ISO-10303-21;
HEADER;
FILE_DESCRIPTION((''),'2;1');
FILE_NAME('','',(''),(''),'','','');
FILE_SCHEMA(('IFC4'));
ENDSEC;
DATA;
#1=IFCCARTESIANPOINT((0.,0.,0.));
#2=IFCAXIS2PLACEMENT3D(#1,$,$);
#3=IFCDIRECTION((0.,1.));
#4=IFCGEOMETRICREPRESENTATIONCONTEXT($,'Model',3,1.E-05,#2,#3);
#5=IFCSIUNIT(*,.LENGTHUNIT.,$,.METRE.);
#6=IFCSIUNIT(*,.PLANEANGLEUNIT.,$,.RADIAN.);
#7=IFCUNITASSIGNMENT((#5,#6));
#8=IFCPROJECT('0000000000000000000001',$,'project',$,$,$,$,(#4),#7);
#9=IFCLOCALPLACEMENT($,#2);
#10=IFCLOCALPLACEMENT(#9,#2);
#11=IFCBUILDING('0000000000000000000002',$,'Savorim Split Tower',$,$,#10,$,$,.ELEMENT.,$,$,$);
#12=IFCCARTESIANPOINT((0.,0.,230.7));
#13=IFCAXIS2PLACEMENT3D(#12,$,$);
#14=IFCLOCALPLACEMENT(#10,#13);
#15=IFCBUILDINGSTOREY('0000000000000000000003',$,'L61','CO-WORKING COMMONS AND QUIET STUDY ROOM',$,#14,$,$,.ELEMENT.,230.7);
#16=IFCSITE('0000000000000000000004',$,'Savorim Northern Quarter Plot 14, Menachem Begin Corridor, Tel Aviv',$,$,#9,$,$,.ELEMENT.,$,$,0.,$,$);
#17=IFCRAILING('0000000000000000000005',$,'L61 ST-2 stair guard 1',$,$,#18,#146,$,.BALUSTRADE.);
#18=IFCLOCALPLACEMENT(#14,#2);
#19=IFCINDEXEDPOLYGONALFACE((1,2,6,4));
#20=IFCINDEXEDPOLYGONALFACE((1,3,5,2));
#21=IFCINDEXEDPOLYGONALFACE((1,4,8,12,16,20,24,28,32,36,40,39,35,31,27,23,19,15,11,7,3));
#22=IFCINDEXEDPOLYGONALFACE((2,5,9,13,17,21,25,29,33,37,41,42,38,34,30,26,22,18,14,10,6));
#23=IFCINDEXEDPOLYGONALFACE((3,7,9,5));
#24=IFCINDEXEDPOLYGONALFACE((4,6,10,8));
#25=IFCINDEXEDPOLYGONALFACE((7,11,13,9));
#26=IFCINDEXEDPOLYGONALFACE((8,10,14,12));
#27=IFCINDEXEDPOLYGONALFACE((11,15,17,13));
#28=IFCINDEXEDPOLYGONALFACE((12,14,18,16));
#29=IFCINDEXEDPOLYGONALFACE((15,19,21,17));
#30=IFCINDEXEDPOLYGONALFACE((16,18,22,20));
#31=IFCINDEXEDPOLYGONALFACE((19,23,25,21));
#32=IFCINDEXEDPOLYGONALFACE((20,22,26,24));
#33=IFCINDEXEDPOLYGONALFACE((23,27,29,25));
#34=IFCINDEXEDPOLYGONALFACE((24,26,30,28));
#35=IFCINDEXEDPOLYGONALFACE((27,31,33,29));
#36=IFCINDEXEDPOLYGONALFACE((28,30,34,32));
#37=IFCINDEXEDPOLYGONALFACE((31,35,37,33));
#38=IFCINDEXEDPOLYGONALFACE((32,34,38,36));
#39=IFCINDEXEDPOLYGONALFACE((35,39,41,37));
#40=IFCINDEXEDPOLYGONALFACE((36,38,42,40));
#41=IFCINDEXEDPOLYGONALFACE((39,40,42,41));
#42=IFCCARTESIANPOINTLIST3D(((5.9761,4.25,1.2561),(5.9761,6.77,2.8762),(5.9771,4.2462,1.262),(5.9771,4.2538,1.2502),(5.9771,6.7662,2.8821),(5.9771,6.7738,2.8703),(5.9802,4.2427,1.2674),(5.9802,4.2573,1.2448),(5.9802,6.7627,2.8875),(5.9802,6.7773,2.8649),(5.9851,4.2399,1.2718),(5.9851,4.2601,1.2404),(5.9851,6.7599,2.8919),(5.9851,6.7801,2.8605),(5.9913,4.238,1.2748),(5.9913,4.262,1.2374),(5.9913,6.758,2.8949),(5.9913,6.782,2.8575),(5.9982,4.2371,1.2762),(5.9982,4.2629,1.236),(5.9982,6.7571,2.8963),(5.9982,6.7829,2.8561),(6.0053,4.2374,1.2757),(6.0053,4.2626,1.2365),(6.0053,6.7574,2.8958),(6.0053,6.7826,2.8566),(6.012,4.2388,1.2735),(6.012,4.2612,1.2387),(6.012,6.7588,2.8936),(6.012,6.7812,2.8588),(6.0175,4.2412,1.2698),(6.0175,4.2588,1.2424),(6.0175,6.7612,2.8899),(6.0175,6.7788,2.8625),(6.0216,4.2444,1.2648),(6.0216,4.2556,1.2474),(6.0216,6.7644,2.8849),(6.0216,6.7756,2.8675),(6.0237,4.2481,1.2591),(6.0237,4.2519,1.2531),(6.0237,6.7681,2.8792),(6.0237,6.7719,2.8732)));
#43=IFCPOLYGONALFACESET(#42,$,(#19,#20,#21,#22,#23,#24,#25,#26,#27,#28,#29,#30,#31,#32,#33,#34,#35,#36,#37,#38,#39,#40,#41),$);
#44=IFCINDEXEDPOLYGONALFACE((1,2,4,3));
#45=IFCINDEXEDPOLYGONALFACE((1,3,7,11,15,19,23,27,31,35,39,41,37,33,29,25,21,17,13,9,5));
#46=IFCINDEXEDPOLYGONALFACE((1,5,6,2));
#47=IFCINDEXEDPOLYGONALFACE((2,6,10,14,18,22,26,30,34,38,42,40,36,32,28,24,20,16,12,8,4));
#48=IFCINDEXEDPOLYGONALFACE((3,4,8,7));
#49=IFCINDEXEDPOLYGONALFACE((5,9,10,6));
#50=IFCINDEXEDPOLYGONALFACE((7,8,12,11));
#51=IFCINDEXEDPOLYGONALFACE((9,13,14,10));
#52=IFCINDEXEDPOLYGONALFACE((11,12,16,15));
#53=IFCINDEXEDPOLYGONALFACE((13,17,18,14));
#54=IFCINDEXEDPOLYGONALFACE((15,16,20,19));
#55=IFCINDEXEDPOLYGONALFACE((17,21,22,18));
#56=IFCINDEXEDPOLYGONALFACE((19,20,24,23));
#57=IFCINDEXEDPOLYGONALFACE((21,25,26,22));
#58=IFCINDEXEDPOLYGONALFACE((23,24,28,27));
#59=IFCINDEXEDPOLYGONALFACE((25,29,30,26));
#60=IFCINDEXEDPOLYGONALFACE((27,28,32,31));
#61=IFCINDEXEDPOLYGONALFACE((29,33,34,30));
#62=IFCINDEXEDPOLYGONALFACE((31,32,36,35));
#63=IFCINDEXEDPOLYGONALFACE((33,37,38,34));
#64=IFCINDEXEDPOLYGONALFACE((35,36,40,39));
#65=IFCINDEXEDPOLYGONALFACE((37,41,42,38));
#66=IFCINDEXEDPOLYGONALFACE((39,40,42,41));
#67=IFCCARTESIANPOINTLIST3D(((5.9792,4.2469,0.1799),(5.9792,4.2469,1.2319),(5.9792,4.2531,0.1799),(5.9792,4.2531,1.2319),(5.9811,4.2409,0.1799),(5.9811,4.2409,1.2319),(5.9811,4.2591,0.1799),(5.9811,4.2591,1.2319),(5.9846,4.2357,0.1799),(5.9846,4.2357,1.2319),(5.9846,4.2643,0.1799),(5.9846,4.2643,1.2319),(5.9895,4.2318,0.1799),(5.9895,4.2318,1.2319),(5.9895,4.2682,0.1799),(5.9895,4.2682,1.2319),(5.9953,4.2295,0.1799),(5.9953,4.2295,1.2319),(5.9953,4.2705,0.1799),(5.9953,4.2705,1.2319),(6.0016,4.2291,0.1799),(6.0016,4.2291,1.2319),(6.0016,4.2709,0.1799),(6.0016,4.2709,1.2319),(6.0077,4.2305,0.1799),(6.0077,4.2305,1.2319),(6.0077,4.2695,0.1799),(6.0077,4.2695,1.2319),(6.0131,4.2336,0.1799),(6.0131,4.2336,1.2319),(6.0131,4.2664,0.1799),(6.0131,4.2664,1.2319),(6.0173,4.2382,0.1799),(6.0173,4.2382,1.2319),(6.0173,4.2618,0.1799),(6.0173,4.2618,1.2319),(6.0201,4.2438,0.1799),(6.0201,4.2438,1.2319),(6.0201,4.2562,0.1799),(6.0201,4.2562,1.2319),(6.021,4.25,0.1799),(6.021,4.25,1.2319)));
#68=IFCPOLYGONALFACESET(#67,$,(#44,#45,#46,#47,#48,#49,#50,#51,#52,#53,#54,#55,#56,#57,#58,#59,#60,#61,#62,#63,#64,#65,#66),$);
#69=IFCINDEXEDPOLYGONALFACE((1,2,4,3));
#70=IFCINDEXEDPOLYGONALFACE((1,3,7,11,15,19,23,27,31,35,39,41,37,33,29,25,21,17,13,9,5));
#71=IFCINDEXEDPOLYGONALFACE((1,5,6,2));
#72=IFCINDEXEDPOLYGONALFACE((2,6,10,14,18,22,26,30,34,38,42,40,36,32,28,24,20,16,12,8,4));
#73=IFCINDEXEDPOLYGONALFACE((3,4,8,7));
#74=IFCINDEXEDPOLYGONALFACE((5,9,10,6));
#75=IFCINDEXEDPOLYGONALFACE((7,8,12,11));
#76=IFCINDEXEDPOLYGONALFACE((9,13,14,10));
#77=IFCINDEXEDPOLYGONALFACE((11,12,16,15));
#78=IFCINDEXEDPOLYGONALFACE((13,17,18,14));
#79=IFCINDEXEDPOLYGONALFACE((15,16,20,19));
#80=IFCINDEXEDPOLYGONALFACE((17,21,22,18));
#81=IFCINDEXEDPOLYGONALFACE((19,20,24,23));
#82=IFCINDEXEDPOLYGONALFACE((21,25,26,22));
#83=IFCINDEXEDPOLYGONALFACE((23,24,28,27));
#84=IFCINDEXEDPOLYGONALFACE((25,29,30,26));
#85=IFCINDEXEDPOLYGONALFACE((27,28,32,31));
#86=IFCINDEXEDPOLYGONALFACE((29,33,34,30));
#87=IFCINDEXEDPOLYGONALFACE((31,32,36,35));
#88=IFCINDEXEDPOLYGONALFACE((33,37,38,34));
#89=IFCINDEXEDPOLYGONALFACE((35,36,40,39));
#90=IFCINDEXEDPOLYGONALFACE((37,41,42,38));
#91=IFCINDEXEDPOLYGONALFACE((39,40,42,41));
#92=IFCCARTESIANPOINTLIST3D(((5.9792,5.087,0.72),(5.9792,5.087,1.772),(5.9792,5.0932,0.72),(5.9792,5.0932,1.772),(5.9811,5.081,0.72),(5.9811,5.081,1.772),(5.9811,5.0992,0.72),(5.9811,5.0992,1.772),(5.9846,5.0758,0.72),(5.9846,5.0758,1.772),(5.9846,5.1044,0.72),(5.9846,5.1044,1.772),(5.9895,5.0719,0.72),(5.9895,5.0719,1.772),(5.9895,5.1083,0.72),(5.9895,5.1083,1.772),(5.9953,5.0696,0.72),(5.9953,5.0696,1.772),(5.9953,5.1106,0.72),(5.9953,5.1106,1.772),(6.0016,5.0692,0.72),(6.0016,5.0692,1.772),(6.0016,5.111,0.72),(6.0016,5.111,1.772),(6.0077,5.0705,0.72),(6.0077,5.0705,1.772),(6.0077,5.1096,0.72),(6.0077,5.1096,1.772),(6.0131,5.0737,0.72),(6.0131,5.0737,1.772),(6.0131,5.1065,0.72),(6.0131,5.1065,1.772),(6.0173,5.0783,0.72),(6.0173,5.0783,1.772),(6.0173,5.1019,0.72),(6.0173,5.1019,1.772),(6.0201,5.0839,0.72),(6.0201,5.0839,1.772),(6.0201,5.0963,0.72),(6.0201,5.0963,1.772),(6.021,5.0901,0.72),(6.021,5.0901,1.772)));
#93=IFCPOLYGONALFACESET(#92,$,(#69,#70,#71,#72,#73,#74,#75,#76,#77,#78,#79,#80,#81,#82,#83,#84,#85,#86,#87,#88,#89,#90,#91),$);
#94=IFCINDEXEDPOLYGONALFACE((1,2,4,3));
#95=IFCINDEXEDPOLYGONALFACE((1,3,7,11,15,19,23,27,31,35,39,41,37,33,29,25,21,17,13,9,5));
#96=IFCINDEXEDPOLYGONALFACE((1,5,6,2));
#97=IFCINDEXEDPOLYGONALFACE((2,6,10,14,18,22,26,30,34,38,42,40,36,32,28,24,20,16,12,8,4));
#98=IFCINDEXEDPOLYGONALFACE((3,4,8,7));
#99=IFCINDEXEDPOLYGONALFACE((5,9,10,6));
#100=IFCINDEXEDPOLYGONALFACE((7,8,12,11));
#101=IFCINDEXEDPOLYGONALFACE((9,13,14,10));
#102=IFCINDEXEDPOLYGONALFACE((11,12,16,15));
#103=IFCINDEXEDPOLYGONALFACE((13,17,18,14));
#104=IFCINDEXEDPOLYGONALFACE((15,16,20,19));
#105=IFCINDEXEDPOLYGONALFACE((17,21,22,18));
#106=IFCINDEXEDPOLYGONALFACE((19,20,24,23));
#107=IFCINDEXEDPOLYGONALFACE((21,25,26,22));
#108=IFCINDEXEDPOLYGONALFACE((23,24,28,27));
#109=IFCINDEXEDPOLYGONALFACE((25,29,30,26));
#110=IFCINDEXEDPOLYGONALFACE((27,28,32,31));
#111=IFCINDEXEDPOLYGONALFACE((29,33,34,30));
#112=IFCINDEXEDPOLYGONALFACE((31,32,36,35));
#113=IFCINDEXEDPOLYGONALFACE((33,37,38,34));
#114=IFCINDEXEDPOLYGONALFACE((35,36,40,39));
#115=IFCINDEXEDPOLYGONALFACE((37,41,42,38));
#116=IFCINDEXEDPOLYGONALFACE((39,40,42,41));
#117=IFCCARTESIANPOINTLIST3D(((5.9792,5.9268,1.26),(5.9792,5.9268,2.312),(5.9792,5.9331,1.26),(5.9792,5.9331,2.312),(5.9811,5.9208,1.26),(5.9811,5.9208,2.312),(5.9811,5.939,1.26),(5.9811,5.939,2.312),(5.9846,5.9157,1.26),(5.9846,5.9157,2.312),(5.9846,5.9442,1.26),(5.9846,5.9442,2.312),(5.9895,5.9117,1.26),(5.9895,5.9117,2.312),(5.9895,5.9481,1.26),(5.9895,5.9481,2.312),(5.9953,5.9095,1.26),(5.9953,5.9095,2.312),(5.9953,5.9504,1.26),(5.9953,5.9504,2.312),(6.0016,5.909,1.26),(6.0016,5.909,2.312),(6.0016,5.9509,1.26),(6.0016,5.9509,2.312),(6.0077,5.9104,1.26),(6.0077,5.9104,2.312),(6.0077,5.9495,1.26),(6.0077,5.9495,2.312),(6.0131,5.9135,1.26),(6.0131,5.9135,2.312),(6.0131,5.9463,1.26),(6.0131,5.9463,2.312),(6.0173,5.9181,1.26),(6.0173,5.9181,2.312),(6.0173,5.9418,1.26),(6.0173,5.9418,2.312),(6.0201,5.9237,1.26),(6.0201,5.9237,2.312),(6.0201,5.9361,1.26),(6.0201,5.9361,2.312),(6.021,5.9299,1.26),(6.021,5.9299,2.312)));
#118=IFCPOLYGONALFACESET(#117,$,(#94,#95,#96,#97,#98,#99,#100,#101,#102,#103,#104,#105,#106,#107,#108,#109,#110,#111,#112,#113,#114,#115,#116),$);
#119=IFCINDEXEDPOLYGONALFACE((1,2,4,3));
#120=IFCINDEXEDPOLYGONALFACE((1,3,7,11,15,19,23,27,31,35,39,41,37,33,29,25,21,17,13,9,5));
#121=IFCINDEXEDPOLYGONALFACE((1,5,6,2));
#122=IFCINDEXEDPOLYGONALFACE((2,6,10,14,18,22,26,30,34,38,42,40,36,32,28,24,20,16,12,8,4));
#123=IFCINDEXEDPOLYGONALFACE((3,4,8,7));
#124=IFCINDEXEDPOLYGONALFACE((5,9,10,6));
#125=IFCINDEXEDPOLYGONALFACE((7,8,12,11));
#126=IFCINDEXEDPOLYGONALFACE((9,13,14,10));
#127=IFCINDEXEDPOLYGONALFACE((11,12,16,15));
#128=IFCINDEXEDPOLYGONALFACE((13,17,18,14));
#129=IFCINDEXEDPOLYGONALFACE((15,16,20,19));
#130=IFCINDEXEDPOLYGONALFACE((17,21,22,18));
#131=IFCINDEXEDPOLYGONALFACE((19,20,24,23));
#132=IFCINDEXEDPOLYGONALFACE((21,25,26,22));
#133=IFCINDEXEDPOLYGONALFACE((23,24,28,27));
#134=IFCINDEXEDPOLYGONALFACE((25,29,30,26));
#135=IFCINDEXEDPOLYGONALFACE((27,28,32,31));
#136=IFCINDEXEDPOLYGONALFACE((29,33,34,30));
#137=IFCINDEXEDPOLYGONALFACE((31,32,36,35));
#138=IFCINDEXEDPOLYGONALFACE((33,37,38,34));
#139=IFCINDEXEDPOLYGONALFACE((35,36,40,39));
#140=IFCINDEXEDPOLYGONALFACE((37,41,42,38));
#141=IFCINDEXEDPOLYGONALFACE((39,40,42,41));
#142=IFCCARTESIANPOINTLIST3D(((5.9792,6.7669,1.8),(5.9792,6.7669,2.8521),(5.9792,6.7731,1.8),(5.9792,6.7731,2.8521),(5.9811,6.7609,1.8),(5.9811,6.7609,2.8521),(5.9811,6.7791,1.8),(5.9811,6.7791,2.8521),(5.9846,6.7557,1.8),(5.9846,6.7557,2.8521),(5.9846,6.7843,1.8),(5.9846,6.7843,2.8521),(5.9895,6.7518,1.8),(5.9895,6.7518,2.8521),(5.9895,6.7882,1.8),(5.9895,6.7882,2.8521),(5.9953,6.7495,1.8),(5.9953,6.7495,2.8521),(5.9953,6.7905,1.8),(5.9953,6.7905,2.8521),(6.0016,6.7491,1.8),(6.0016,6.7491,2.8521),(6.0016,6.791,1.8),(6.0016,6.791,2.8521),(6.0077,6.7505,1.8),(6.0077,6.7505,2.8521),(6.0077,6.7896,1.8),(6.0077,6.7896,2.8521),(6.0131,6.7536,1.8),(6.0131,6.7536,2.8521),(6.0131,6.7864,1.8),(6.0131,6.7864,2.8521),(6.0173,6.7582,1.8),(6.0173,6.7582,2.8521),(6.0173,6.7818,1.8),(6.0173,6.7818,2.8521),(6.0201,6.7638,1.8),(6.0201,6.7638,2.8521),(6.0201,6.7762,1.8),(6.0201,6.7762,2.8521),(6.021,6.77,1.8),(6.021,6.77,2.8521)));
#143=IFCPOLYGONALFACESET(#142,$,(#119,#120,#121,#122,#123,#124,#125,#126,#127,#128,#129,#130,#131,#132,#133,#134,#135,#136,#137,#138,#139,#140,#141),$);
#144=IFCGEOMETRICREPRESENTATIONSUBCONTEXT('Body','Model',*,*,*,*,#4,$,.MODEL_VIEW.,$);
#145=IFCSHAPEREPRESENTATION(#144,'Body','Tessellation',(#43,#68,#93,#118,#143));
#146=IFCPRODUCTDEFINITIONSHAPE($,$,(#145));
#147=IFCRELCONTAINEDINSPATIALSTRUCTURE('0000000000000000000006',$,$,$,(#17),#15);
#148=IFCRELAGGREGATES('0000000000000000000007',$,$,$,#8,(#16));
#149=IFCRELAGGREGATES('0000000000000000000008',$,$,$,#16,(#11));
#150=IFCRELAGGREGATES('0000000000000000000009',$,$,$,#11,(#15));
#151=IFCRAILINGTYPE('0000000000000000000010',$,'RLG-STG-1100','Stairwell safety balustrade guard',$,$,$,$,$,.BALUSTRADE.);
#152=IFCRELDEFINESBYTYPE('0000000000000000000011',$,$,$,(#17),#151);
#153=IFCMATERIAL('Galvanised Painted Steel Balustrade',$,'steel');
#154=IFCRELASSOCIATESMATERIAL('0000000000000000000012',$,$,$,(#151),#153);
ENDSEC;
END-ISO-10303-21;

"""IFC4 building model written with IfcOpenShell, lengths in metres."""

from ifc_helpers import new_model, si_unit, direction, frame, origin, origin_2d, place, context, subcontext, project, spatial, circle, extrude, material, type_object, element, save


model = new_model("IFC4")

# Units and contexts
model_context = context("Model", 3, precision=1e-05, world=origin(), true_north=direction((0.0, 1.0)))
body_context = subcontext(model_context, "Body", "Model", "MODEL_VIEW")
ifc_project = project(units=[si_unit("LENGTHUNIT", "METRE"), si_unit("PLANEANGLEUNIT", "RADIAN")], contexts=[model_context])

# Site, building, storey
site_placement = place(None, origin())
site = spatial("IfcSite", under=ifc_project, at=site_placement, Name="Savorim Northern Quarter Plot 14, Menachem Begin Corridor, Tel Aviv", CompositionType="ELEMENT", RefElevation=0.0)
building_placement = place(site_placement, origin())
building = spatial("IfcBuilding", under=site, at=building_placement, Name="Savorim Split Tower", CompositionType="ELEMENT")
storey_placement = place(building_placement, frame((0.0, 0.0, 230.7)))
storey = spatial("IfcBuildingStorey", under=building, at=storey_placement, Name="L61", Description="CO-WORKING COMMONS AND QUIET STUDY ROOM", CompositionType="ELEMENT", Elevation=230.7)

# Railing
ifc_material_1 = material(Name="Galvanised Painted Steel Balustrade", Category="steel")
railing_type_1 = type_object("IfcRailingType", Name="RLG-STG-1100", Description="Stairwell safety balustrade guard", PredefinedType="BALUSTRADE", material=ifc_material_1)
railing_1_placement = place(storey_placement, frame((6.0, 4.25, 0.1799)))
element("IfcRailing", 1, at=railing_1_placement, inside=storey, type_object=railing_type_1, Name="L61 ST-2 stair guard 1", PredefinedType="BALUSTRADE", context=body_context, shape_type="SweptSolid", body=[
    extrude(circle(Radius=0.0239, at=origin_2d()), frame((0.0, 0.0, 1.0762), z_axis=(0.0, 0.841163, 0.540782), x_axis=(-1.0, 0.0, 0.0)), (0.0, 0.0, 1.0), 2.9958),
    extrude(circle(Radius=0.021, at=origin_2d()), origin(), (0.0, 0.0, 1.0), 1.052),
    extrude(circle(Radius=0.021, at=origin_2d()), frame((0.0, 0.8401, 0.54)), (0.0, 0.0, 1.0), 1.052),
    extrude(circle(Radius=0.021, at=origin_2d()), frame((0.0, 1.6799, 1.0801)), (0.0, 0.0, 1.0), 1.052),
    extrude(circle(Radius=0.021, at=origin_2d()), frame((0.0, 2.52, 1.6201)), (0.0, 0.0, 1.0), 1.052),
])

save(model, "model.ifc")
